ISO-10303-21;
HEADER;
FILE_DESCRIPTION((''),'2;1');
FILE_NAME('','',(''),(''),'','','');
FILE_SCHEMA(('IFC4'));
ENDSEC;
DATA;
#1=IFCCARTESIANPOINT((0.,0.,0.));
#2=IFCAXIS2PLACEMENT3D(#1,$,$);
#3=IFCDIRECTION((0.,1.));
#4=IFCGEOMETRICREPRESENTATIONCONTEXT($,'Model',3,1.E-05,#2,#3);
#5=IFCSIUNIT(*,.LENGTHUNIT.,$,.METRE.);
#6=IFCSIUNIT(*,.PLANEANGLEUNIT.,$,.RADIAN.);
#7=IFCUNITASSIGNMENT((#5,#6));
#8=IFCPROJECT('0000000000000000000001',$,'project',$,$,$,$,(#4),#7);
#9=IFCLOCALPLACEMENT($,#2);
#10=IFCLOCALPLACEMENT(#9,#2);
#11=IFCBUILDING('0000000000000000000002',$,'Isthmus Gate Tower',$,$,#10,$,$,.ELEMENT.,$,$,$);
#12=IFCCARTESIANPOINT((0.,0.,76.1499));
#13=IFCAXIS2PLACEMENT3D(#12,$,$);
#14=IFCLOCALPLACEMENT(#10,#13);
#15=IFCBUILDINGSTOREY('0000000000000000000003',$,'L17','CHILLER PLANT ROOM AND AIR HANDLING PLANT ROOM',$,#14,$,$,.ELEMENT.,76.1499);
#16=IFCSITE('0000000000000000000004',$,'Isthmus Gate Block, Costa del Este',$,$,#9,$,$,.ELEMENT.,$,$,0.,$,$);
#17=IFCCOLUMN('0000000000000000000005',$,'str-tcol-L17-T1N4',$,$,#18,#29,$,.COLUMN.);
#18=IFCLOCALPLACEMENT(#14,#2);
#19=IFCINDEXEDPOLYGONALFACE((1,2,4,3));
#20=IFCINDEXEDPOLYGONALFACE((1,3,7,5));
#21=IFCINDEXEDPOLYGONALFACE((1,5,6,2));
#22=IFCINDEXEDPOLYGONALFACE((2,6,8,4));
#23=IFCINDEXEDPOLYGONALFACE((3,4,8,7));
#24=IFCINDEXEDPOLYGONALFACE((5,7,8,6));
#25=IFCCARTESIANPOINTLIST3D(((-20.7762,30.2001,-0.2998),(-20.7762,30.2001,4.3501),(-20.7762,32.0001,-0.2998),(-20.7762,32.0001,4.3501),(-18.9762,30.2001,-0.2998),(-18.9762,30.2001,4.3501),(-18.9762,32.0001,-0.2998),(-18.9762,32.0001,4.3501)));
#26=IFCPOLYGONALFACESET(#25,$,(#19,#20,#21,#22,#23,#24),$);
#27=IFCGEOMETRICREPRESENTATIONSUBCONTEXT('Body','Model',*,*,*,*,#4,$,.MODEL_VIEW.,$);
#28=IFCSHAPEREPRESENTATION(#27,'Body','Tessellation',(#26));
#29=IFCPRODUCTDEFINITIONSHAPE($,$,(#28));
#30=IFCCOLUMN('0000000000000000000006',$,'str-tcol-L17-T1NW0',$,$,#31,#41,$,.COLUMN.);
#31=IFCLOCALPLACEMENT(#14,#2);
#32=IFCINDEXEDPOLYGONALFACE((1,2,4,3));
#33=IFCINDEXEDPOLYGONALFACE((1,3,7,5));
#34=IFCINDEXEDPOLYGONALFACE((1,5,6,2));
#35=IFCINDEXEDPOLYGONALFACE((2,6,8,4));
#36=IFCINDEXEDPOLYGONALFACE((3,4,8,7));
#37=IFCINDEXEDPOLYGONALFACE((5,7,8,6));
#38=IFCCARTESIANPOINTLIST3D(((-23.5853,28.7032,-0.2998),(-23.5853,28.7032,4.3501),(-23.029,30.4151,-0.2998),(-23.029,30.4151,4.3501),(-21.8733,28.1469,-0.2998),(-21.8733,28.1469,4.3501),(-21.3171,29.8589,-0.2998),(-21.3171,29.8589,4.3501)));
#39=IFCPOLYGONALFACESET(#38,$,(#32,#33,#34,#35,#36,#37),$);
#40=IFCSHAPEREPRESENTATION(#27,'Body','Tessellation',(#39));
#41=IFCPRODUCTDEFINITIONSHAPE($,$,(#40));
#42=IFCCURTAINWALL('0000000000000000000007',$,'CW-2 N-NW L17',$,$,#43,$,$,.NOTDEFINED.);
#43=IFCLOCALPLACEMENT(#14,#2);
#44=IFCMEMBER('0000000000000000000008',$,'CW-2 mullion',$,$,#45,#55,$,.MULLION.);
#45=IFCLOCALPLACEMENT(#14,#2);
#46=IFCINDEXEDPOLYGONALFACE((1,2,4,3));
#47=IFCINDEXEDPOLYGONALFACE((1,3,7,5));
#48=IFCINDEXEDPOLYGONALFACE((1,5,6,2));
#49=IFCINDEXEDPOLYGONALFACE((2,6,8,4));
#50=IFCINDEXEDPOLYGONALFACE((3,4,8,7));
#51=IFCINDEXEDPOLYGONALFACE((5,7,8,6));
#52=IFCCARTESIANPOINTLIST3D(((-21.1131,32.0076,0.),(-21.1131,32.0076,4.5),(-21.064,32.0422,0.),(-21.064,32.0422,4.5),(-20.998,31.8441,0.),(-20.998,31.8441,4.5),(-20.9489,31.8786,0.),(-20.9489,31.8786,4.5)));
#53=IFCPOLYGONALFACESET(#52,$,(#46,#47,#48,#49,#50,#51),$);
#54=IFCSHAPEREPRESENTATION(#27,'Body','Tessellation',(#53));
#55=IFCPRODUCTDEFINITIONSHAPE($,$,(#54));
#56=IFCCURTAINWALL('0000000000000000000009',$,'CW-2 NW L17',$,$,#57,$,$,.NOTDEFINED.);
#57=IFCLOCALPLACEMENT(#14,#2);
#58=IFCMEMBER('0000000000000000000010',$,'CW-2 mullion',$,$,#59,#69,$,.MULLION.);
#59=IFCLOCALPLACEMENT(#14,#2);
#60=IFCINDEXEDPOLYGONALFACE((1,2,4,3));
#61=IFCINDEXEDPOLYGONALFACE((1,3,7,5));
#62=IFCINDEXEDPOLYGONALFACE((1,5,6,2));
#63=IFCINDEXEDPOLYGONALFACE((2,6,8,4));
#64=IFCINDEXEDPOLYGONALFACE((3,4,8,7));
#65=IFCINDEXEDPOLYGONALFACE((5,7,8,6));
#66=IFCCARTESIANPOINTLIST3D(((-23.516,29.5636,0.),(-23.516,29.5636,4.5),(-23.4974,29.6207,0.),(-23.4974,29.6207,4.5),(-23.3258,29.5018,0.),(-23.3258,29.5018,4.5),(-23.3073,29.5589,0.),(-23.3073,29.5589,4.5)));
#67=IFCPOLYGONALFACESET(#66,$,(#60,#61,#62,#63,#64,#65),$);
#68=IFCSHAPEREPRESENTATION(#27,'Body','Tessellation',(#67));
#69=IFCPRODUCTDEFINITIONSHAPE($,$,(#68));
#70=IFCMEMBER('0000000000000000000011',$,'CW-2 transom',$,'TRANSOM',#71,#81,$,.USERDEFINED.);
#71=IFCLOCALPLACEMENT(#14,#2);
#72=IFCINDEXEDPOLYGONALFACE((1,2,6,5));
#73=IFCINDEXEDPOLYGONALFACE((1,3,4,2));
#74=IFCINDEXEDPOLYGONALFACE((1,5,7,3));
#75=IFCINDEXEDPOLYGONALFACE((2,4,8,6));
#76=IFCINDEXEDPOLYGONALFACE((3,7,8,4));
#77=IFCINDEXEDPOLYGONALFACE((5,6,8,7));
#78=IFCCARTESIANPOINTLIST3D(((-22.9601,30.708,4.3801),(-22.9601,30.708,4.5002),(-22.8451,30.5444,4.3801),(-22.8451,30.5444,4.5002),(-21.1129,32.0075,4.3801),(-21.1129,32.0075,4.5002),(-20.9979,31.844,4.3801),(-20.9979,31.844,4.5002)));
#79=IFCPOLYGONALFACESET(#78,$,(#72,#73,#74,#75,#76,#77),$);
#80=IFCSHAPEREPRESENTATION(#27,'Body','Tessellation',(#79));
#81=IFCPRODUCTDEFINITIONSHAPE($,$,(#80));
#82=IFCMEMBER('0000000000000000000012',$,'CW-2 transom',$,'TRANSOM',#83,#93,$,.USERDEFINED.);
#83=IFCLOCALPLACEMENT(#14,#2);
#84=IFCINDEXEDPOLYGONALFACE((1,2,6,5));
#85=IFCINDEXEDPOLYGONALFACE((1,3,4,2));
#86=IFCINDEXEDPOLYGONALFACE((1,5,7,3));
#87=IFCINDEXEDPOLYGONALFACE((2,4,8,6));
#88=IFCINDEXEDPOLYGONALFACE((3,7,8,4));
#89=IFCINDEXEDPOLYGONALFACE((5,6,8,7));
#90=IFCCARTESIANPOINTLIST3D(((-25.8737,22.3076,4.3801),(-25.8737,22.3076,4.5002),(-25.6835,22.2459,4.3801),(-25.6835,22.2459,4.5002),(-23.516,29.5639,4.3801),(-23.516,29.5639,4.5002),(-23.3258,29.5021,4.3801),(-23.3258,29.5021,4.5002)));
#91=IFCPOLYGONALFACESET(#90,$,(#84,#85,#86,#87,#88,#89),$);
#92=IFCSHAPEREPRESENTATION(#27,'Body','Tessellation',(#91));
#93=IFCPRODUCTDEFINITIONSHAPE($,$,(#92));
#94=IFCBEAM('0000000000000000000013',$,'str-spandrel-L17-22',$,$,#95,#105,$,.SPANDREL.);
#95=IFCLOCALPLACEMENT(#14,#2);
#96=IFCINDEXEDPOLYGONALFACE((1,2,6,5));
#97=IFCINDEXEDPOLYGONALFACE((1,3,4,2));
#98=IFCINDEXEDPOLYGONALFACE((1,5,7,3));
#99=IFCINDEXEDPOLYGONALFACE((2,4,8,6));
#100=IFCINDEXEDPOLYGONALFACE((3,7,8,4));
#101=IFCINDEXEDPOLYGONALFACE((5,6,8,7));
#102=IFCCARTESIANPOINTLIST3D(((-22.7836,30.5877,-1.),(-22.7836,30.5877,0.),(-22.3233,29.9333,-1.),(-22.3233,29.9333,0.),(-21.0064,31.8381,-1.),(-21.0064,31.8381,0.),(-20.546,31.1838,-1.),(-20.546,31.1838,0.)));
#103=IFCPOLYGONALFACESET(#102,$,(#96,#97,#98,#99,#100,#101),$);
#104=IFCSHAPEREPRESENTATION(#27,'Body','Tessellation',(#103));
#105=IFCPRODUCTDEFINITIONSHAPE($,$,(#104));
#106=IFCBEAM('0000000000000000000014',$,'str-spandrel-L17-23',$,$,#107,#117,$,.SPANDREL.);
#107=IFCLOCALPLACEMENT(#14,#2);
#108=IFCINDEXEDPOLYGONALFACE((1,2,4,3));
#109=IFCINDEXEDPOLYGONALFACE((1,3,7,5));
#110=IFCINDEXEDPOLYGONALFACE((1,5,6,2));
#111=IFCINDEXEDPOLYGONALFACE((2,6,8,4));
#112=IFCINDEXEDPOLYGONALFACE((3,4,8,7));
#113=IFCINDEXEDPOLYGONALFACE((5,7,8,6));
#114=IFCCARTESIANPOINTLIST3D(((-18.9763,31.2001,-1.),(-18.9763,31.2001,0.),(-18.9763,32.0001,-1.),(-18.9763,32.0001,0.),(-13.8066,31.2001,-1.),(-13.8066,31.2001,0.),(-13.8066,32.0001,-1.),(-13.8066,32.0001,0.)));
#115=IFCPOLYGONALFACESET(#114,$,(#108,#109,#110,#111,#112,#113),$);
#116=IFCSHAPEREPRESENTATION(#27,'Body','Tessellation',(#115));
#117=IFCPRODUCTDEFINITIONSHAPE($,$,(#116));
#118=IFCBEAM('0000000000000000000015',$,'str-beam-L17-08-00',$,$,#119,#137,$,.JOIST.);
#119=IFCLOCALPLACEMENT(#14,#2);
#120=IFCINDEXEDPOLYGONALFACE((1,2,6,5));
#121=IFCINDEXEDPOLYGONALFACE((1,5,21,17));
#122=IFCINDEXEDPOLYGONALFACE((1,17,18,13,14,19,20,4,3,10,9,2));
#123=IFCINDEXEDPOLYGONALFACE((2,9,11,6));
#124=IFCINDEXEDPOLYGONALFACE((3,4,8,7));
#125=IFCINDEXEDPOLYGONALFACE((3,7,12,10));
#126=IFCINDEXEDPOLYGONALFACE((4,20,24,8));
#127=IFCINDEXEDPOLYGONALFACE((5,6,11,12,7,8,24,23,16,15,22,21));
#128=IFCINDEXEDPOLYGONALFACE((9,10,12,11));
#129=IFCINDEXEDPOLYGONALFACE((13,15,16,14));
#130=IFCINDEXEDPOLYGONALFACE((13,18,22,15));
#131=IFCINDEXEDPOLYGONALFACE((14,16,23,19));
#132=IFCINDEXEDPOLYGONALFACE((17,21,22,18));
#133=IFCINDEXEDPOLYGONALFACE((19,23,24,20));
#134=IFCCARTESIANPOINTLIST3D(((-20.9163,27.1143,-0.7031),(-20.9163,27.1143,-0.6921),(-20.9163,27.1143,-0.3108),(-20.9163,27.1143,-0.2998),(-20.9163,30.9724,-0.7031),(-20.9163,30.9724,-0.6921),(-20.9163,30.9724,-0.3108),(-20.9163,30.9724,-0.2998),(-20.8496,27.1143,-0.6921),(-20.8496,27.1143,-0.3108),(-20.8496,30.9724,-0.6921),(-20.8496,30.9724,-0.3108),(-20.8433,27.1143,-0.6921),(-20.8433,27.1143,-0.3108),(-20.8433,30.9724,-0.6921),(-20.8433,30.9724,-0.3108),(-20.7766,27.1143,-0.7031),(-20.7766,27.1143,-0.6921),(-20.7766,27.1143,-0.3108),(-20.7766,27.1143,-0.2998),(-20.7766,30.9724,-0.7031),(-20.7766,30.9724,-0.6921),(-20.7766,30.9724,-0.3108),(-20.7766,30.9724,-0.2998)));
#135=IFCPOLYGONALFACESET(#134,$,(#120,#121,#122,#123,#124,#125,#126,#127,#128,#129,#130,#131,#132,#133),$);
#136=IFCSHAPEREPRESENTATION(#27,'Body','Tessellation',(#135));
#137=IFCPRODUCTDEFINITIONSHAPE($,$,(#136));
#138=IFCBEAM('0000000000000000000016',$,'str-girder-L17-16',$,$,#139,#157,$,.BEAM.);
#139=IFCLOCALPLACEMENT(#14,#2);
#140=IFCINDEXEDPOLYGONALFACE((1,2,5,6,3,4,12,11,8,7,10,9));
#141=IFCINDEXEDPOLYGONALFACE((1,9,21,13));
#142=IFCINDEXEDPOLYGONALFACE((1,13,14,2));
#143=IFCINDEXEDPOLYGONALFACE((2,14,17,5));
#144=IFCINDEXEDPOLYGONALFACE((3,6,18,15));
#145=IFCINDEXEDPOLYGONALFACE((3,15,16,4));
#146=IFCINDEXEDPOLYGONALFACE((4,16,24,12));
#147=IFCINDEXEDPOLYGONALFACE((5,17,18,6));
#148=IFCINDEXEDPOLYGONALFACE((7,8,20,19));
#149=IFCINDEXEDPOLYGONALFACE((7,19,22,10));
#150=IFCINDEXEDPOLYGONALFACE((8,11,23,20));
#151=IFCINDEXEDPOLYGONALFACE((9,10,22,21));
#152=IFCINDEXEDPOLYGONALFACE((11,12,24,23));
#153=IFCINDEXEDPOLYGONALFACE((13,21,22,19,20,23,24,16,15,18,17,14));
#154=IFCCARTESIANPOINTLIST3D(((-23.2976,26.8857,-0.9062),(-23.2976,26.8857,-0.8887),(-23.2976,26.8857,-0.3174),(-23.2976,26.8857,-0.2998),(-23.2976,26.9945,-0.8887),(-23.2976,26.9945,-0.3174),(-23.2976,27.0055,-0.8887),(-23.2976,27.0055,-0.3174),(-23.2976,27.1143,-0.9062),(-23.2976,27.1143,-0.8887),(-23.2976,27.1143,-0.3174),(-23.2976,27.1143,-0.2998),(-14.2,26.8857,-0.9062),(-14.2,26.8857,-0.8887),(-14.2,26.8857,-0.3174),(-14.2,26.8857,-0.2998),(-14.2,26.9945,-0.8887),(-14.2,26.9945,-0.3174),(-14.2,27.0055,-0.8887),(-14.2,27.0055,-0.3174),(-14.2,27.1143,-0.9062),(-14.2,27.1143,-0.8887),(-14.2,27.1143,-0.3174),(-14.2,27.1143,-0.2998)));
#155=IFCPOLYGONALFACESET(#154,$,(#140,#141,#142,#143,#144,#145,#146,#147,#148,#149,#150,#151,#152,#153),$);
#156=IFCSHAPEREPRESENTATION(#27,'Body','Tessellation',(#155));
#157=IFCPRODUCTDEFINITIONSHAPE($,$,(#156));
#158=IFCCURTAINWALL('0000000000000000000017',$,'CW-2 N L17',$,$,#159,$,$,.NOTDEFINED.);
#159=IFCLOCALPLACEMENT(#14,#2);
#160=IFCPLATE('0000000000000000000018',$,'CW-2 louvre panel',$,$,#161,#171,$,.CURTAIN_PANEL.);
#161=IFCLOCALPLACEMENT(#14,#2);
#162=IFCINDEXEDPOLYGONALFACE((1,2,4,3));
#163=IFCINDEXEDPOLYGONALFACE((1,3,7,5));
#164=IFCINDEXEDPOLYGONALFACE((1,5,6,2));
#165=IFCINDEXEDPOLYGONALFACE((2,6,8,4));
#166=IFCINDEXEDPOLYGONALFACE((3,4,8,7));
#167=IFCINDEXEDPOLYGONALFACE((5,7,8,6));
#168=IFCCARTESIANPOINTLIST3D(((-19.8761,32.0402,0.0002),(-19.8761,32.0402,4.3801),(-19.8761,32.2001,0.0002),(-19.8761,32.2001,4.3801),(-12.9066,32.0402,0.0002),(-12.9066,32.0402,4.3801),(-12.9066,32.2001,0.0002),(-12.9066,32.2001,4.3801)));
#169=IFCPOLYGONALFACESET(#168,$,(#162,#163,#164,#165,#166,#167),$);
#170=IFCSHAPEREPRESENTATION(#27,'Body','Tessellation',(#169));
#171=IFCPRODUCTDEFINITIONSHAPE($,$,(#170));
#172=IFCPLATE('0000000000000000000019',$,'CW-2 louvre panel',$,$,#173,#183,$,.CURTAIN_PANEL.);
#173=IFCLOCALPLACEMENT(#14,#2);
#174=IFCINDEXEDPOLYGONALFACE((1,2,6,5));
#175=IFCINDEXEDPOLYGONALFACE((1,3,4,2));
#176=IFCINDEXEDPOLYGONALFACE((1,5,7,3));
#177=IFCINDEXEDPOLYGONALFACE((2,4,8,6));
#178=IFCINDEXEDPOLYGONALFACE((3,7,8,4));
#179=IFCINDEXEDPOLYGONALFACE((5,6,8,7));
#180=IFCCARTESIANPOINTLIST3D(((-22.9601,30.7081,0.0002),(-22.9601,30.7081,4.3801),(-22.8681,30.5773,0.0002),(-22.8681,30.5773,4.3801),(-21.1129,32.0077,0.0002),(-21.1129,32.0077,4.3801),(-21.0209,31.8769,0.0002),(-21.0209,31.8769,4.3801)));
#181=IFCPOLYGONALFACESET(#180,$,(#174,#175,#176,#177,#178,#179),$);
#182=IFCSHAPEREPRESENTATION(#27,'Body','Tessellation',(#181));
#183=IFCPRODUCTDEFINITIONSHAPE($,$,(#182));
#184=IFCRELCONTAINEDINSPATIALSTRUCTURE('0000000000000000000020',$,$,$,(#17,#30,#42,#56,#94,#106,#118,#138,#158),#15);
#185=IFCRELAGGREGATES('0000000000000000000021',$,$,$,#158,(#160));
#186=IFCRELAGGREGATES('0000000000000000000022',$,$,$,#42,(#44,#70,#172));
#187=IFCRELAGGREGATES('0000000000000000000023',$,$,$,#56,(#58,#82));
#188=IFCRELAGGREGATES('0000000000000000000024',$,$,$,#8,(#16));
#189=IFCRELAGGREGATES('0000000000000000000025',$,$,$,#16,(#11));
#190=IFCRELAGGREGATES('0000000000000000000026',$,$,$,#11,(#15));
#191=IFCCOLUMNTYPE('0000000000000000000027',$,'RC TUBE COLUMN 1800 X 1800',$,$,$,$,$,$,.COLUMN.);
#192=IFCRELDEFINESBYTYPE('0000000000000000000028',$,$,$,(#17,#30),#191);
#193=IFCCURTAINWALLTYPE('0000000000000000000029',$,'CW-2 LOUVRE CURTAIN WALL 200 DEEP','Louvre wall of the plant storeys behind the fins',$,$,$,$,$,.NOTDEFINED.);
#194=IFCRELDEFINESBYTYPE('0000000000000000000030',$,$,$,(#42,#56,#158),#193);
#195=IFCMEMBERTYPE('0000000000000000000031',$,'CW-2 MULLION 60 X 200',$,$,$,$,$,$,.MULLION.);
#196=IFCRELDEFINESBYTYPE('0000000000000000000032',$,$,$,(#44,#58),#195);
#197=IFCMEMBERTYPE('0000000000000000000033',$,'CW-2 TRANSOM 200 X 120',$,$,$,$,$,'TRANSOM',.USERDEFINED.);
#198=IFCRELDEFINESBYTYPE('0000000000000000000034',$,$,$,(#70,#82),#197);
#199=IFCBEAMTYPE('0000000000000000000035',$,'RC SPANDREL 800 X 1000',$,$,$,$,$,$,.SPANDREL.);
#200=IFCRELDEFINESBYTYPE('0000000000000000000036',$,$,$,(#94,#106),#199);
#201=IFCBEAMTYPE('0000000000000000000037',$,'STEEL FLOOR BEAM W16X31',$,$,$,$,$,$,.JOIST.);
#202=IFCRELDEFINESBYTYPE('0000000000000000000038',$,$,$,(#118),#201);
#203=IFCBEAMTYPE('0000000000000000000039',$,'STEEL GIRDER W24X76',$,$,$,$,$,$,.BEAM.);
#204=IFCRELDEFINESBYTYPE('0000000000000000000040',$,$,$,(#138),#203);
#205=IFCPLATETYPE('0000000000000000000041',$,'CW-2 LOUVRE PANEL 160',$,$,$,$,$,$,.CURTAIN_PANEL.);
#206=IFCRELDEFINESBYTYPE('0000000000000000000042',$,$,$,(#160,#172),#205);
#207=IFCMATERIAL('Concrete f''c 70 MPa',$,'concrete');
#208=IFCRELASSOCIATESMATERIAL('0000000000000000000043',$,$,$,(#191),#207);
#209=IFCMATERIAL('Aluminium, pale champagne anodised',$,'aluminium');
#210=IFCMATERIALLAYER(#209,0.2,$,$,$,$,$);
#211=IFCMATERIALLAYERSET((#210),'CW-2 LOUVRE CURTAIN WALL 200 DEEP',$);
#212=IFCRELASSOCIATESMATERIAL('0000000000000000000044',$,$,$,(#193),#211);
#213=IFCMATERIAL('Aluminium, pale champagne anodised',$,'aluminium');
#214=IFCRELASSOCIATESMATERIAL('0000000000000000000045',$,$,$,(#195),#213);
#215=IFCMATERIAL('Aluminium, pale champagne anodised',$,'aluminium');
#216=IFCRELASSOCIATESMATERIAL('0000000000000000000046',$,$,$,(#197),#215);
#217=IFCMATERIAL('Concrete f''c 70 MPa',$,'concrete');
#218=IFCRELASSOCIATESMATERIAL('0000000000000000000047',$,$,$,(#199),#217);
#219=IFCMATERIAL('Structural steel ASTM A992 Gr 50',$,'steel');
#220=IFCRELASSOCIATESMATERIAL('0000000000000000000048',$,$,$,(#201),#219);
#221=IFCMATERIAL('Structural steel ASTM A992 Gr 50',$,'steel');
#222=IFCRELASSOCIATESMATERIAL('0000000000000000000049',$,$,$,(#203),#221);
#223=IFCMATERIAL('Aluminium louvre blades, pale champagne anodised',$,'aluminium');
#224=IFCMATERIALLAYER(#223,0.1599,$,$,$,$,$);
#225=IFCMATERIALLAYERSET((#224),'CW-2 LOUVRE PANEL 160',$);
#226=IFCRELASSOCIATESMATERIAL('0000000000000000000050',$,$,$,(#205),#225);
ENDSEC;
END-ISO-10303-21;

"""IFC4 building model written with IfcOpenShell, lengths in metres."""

from ifc_helpers import new_model, si_unit, direction, frame, origin, origin_2d, place, context, subcontext, project, spatial, rectangle, i_section, extrude, material, layer, layer_set, material_profile, profile_set, type_object, element, aggregate, save


model = new_model("IFC4")

# Units and contexts
model_context = context("Model", 3, precision=1e-05, world=origin(), true_north=direction((0.0, 1.0)))
body_context = subcontext(model_context, "Body", "Model", "MODEL_VIEW")
ifc_project = project(units=[si_unit("LENGTHUNIT", "METRE"), si_unit("PLANEANGLEUNIT", "RADIAN")], contexts=[model_context])

# Site, building, storey
site_placement = place(None, origin())
site = spatial("IfcSite", under=ifc_project, at=site_placement, Name="Isthmus Gate Block, Costa del Este", CompositionType="ELEMENT", RefElevation=0.0)
building_placement = place(site_placement, origin())
building = spatial("IfcBuilding", under=site, at=building_placement, Name="Isthmus Gate Tower", CompositionType="ELEMENT")
storey_placement = place(building_placement, frame((0.0, 0.0, 76.1499)))
storey = spatial("IfcBuildingStorey", under=building, at=storey_placement, Name="L17", Description="CHILLER PLANT ROOM AND AIR HANDLING PLANT ROOM", CompositionType="ELEMENT", Elevation=76.1499)

# Columns
ifc_material_1 = material(Name="Concrete f'c 70 MPa", Category="concrete")
ifc_material_profile_1 = material_profile(ifc_material_1, rectangle(XDim=1.8, YDim=1.8, at=origin_2d()), Name="RC 1800X1800")
ifc_profile_set_1 = profile_set([ifc_material_profile_1], Name="Concrete f'c 70 MPa")
column_type = type_object("IfcColumnType", Name="RC TUBE COLUMN 1800 X 1800", PredefinedType="COLUMN", material=ifc_profile_set_1)
for number, where, z_axis, x_axis, name in (
    (1, (-19.8762, 31.1001, -0.2998), (0.0, 0.0, 1.0), (-1.0, 0.0, 0.0), "str-tcol-L17-T1N4"),
    (2, (-22.4512, 29.281, -0.2998), (0.0, 0.0, 1.0), (-0.309017, -0.951057, 0.0), "str-tcol-L17-T1NW0"),
):
    element("IfcColumn", number, at=place(storey_placement, frame(where, z_axis=z_axis, x_axis=x_axis)), inside=storey, type_object=column_type, Name=name, PredefinedType="COLUMN", context=body_context, shape_type="SweptSolid", body=[
        extrude(rectangle(XDim=1.8, YDim=1.8, at=origin_2d()), origin(), (0.0, 0.0, 1.0), 4.6499),
    ])

# Curtain walls, members
ifc_material_2 = material(Name="Aluminium, pale champagne anodised", Category="aluminium")
ifc_layer_1 = layer(ifc_material_2, 0.2)
ifc_layer_set_1 = layer_set([ifc_layer_1], Name="CW-2 LOUVRE CURTAIN WALL 200 DEEP")
curtain_wall_type = type_object("IfcCurtainWallType", Name="CW-2 LOUVRE CURTAIN WALL 200 DEEP", Description="Louvre wall of the plant storeys behind the fins", PredefinedType="NOTDEFINED", material=ifc_layer_set_1)
curtain_wall_1_placement = place(storey_placement, origin())
curtain_wall_1 = element("IfcCurtainWall", 3, at=curtain_wall_1_placement, inside=storey, type_object=curtain_wall_type, Name="CW-2 N-NW L17", PredefinedType="NOTDEFINED")
ifc_material_3 = material(Name="Aluminium, pale champagne anodised", Category="aluminium")
ifc_material_profile_2 = material_profile(ifc_material_3, rectangle(XDim=0.0601, YDim=0.2, at=origin_2d()), Name="60x200")
ifc_profile_set_2 = profile_set([ifc_material_profile_2], Name="Aluminium, pale champagne anodised")
member_type_1 = type_object("IfcMemberType", Name="CW-2 MULLION 60 X 200", PredefinedType="MULLION", material=ifc_profile_set_2)
member_1_placement = place(storey_placement, frame((-21.031, 31.9431, 0.0), z_axis=(0.0, 0.0, 1.0), x_axis=(-0.81786, -0.575418, 0.0)))
member_1 = element("IfcMember", 4, at=member_1_placement, type_object=member_type_1, Name="CW-2 mullion", PredefinedType="MULLION", context=body_context, shape_type="SweptSolid", body=[
    extrude(rectangle(XDim=0.0601, YDim=0.2, at=origin_2d()), origin(), (0.0, 0.0, 1.0), 4.5),
])
curtain_wall_2_placement = place(storey_placement, origin())
curtain_wall_2 = element("IfcCurtainWall", 5, at=curtain_wall_2_placement, inside=storey, type_object=curtain_wall_type, Name="CW-2 NW L17", PredefinedType="NOTDEFINED")
member_2_placement = place(storey_placement, frame((-23.4116, 29.5613, 0.0), z_axis=(0.0, 0.0, 1.0), x_axis=(-0.309017, -0.951057, 0.0)))
member_2 = element("IfcMember", 6, at=member_2_placement, type_object=member_type_1, Name="CW-2 mullion", PredefinedType="MULLION", context=body_context, shape_type="SweptSolid", body=[
    extrude(rectangle(XDim=0.0601, YDim=0.2, at=origin_2d()), origin(), (0.0, 0.0, 1.0), 4.5),
])

# Members
ifc_material_4 = material(Name="Aluminium, pale champagne anodised", Category="aluminium")
ifc_material_profile_3 = material_profile(ifc_material_4, rectangle(XDim=0.2, YDim=0.1201, at=origin_2d()), Name="200x120")
ifc_profile_set_3 = profile_set([ifc_material_profile_3], Name="Aluminium, pale champagne anodised")
member_type_2 = type_object("IfcMemberType", Name="CW-2 TRANSOM 200 X 120", ElementType="TRANSOM", PredefinedType="USERDEFINED", material=ifc_profile_set_3)
member_3_placement = place(storey_placement, frame((-21.0554, 31.9258, 4.4402), z_axis=(-0.817869, -0.575405, 0.0), x_axis=(0.575405, -0.817869, 0.0)))
member_3 = element("IfcMember", 7, at=member_3_placement, type_object=member_type_2, Name="CW-2 transom", ObjectType="TRANSOM", PredefinedType="USERDEFINED", context=body_context, shape_type="SweptSolid", body=[
    extrude(rectangle(XDim=0.2, YDim=0.1201, at=origin_2d()), origin(), (0.0, 0.0, 1.0), 2.2585),
])
member_4_placement = place(storey_placement, frame((-23.4209, 29.533, 4.4402), z_axis=(-0.309019, -0.951056, 0.0), x_axis=(0.951056, -0.309019, 0.0)))
member_4 = element("IfcMember", 8, at=member_4_placement, type_object=member_type_2, Name="CW-2 transom", ObjectType="TRANSOM", PredefinedType="USERDEFINED", context=body_context, shape_type="SweptSolid", body=[
    extrude(rectangle(XDim=0.2, YDim=0.1201, at=origin_2d()), origin(), (0.0, 0.0, 1.0), 7.6296),
])

# Beams
ifc_material_5 = material(Name="Concrete f'c 70 MPa", Category="concrete")
ifc_material_profile_4 = material_profile(ifc_material_5, rectangle(XDim=0.8, YDim=1.0, at=origin_2d()), Name="RC 800X1000")
ifc_profile_set_4 = profile_set([ifc_material_profile_4], Name="Concrete f'c 70 MPa")
beam_type_1 = type_object("IfcBeamType", Name="RC SPANDREL 800 X 1000", PredefinedType="SPANDREL", material=ifc_profile_set_4)
beam_1_placement = place(storey_placement, frame((-22.5535, 30.2605, -0.5), z_axis=(0.817857, 0.575421, 0.0), x_axis=(-0.575421, 0.817857, 0.0)))
element("IfcBeam", 9, at=beam_1_placement, inside=storey, type_object=beam_type_1, Name="str-spandrel-L17-22", PredefinedType="SPANDREL", context=body_context, shape_type="SweptSolid", body=[
    extrude(rectangle(XDim=0.8, YDim=1.0, at=origin_2d()), origin(), (0.0, 0.0, 1.0), 2.1731),
])
beam_2_placement = place(storey_placement, frame((-18.9763, 31.6001, -0.5), z_axis=(1.0, 0.0, 0.0), x_axis=(0.0, 1.0, 0.0)))
element("IfcBeam", 10, at=beam_2_placement, inside=storey, type_object=beam_type_1, Name="str-spandrel-L17-23", PredefinedType="SPANDREL", context=body_context, shape_type="SweptSolid", body=[
    extrude(rectangle(XDim=0.8, YDim=1.0, at=origin_2d()), origin(), (0.0, 0.0, 1.0), 5.1697),
])
ifc_material_6 = material(Name="Structural steel ASTM A992 Gr 50", Category="steel")
ifc_material_profile_5 = material_profile(ifc_material_6, i_section(OverallWidth=0.1396, OverallDepth=0.4033, WebThickness=0.0063, FlangeThickness=0.011, at=origin_2d()), Name="W16X31")
ifc_profile_set_5 = profile_set([ifc_material_profile_5], Name="Structural steel ASTM A992 Gr 50")
beam_type_2 = type_object("IfcBeamType", Name="STEEL FLOOR BEAM W16X31", PredefinedType="JOIST", material=ifc_profile_set_5)
beam_3_placement = place(storey_placement, frame((-20.8464, 27.1143, -0.5015), z_axis=(0.0, 1.0, 0.0), x_axis=(-1.0, 0.0, 0.0)))
element("IfcBeam", 11, at=beam_3_placement, inside=storey, type_object=beam_type_2, Name="str-beam-L17-08-00", PredefinedType="JOIST", context=body_context, shape_type="SweptSolid", body=[
    extrude(i_section(OverallWidth=0.1396, OverallDepth=0.4033, WebThickness=0.0063, FlangeThickness=0.011, at=origin_2d()), origin(), (0.0, 0.0, 1.0), 3.8582),
])
ifc_material_7 = material(Name="Structural steel ASTM A992 Gr 50", Category="steel")
ifc_material_profile_6 = material_profile(ifc_material_7, i_section(OverallWidth=0.2285, OverallDepth=0.6064, WebThickness=0.011, FlangeThickness=0.0176, at=origin_2d()), Name="W24X76")
ifc_profile_set_6 = profile_set([ifc_material_profile_6], Name="Structural steel ASTM A992 Gr 50")
beam_type_3 = type_object("IfcBeamType", Name="STEEL GIRDER W24X76", PredefinedType="BEAM", material=ifc_profile_set_6)
beam_4_placement = place(storey_placement, frame((-23.2976, 27.0, -0.603), z_axis=(1.0, 0.0, 0.0), x_axis=(0.0, 1.0, 0.0)))
element("IfcBeam", 12, at=beam_4_placement, inside=storey, type_object=beam_type_3, Name="str-girder-L17-16", PredefinedType="BEAM", context=body_context, shape_type="SweptSolid", body=[
    extrude(i_section(OverallWidth=0.2285, OverallDepth=0.6064, WebThickness=0.011, FlangeThickness=0.0176, at=origin_2d()), origin(), (0.0, 0.0, 1.0), 9.0977),
])

# Curtain wall, plate
curtain_wall_3_placement = place(storey_placement, origin())
curtain_wall_3 = element("IfcCurtainWall", 13, at=curtain_wall_3_placement, inside=storey, type_object=curtain_wall_type, Name="CW-2 N L17", PredefinedType="NOTDEFINED")
ifc_material_8 = material(Name="Aluminium louvre blades, pale champagne anodised", Category="aluminium")
ifc_layer_2 = layer(ifc_material_8, 0.1599)
ifc_layer_set_2 = layer_set([ifc_layer_2], Name="CW-2 LOUVRE PANEL 160")
plate_type = type_object("IfcPlateType", Name="CW-2 LOUVRE PANEL 160", PredefinedType="CURTAIN_PANEL", material=ifc_layer_set_2)
plate_1_placement = place(storey_placement, frame((-16.3914, 32.1201, 0.0002), z_axis=(0.0, 0.0, 1.0), x_axis=(-1.0, 0.0, 0.0)))
plate_1 = element("IfcPlate", 14, at=plate_1_placement, type_object=plate_type, Name="CW-2 louvre panel", PredefinedType="CURTAIN_PANEL", context=body_context, shape_type="SweptSolid", body=[
    extrude(rectangle(XDim=6.9695, YDim=0.1599, at=origin_2d()), origin(), (0.0, 0.0, 1.0), 4.3799),
])
aggregate(curtain_wall_3, [plate_1])

# Plate
plate_2_placement = place(storey_placement, frame((-21.9905, 31.2925, 0.0002), z_axis=(0.0, 0.0, 1.0), x_axis=(-0.81786, -0.575418, 0.0)))
plate_2 = element("IfcPlate", 15, at=plate_2_placement, type_object=plate_type, Name="CW-2 louvre panel", PredefinedType="CURTAIN_PANEL", context=body_context, shape_type="SweptSolid", body=[
    extrude(rectangle(XDim=2.2585, YDim=0.1599, at=origin_2d()), origin(), (0.0, 0.0, 1.0), 4.3799),
])
aggregate(curtain_wall_1, [member_1, member_3, plate_2])
aggregate(curtain_wall_2, [member_2, member_4])

save(model, "model.ifc")
